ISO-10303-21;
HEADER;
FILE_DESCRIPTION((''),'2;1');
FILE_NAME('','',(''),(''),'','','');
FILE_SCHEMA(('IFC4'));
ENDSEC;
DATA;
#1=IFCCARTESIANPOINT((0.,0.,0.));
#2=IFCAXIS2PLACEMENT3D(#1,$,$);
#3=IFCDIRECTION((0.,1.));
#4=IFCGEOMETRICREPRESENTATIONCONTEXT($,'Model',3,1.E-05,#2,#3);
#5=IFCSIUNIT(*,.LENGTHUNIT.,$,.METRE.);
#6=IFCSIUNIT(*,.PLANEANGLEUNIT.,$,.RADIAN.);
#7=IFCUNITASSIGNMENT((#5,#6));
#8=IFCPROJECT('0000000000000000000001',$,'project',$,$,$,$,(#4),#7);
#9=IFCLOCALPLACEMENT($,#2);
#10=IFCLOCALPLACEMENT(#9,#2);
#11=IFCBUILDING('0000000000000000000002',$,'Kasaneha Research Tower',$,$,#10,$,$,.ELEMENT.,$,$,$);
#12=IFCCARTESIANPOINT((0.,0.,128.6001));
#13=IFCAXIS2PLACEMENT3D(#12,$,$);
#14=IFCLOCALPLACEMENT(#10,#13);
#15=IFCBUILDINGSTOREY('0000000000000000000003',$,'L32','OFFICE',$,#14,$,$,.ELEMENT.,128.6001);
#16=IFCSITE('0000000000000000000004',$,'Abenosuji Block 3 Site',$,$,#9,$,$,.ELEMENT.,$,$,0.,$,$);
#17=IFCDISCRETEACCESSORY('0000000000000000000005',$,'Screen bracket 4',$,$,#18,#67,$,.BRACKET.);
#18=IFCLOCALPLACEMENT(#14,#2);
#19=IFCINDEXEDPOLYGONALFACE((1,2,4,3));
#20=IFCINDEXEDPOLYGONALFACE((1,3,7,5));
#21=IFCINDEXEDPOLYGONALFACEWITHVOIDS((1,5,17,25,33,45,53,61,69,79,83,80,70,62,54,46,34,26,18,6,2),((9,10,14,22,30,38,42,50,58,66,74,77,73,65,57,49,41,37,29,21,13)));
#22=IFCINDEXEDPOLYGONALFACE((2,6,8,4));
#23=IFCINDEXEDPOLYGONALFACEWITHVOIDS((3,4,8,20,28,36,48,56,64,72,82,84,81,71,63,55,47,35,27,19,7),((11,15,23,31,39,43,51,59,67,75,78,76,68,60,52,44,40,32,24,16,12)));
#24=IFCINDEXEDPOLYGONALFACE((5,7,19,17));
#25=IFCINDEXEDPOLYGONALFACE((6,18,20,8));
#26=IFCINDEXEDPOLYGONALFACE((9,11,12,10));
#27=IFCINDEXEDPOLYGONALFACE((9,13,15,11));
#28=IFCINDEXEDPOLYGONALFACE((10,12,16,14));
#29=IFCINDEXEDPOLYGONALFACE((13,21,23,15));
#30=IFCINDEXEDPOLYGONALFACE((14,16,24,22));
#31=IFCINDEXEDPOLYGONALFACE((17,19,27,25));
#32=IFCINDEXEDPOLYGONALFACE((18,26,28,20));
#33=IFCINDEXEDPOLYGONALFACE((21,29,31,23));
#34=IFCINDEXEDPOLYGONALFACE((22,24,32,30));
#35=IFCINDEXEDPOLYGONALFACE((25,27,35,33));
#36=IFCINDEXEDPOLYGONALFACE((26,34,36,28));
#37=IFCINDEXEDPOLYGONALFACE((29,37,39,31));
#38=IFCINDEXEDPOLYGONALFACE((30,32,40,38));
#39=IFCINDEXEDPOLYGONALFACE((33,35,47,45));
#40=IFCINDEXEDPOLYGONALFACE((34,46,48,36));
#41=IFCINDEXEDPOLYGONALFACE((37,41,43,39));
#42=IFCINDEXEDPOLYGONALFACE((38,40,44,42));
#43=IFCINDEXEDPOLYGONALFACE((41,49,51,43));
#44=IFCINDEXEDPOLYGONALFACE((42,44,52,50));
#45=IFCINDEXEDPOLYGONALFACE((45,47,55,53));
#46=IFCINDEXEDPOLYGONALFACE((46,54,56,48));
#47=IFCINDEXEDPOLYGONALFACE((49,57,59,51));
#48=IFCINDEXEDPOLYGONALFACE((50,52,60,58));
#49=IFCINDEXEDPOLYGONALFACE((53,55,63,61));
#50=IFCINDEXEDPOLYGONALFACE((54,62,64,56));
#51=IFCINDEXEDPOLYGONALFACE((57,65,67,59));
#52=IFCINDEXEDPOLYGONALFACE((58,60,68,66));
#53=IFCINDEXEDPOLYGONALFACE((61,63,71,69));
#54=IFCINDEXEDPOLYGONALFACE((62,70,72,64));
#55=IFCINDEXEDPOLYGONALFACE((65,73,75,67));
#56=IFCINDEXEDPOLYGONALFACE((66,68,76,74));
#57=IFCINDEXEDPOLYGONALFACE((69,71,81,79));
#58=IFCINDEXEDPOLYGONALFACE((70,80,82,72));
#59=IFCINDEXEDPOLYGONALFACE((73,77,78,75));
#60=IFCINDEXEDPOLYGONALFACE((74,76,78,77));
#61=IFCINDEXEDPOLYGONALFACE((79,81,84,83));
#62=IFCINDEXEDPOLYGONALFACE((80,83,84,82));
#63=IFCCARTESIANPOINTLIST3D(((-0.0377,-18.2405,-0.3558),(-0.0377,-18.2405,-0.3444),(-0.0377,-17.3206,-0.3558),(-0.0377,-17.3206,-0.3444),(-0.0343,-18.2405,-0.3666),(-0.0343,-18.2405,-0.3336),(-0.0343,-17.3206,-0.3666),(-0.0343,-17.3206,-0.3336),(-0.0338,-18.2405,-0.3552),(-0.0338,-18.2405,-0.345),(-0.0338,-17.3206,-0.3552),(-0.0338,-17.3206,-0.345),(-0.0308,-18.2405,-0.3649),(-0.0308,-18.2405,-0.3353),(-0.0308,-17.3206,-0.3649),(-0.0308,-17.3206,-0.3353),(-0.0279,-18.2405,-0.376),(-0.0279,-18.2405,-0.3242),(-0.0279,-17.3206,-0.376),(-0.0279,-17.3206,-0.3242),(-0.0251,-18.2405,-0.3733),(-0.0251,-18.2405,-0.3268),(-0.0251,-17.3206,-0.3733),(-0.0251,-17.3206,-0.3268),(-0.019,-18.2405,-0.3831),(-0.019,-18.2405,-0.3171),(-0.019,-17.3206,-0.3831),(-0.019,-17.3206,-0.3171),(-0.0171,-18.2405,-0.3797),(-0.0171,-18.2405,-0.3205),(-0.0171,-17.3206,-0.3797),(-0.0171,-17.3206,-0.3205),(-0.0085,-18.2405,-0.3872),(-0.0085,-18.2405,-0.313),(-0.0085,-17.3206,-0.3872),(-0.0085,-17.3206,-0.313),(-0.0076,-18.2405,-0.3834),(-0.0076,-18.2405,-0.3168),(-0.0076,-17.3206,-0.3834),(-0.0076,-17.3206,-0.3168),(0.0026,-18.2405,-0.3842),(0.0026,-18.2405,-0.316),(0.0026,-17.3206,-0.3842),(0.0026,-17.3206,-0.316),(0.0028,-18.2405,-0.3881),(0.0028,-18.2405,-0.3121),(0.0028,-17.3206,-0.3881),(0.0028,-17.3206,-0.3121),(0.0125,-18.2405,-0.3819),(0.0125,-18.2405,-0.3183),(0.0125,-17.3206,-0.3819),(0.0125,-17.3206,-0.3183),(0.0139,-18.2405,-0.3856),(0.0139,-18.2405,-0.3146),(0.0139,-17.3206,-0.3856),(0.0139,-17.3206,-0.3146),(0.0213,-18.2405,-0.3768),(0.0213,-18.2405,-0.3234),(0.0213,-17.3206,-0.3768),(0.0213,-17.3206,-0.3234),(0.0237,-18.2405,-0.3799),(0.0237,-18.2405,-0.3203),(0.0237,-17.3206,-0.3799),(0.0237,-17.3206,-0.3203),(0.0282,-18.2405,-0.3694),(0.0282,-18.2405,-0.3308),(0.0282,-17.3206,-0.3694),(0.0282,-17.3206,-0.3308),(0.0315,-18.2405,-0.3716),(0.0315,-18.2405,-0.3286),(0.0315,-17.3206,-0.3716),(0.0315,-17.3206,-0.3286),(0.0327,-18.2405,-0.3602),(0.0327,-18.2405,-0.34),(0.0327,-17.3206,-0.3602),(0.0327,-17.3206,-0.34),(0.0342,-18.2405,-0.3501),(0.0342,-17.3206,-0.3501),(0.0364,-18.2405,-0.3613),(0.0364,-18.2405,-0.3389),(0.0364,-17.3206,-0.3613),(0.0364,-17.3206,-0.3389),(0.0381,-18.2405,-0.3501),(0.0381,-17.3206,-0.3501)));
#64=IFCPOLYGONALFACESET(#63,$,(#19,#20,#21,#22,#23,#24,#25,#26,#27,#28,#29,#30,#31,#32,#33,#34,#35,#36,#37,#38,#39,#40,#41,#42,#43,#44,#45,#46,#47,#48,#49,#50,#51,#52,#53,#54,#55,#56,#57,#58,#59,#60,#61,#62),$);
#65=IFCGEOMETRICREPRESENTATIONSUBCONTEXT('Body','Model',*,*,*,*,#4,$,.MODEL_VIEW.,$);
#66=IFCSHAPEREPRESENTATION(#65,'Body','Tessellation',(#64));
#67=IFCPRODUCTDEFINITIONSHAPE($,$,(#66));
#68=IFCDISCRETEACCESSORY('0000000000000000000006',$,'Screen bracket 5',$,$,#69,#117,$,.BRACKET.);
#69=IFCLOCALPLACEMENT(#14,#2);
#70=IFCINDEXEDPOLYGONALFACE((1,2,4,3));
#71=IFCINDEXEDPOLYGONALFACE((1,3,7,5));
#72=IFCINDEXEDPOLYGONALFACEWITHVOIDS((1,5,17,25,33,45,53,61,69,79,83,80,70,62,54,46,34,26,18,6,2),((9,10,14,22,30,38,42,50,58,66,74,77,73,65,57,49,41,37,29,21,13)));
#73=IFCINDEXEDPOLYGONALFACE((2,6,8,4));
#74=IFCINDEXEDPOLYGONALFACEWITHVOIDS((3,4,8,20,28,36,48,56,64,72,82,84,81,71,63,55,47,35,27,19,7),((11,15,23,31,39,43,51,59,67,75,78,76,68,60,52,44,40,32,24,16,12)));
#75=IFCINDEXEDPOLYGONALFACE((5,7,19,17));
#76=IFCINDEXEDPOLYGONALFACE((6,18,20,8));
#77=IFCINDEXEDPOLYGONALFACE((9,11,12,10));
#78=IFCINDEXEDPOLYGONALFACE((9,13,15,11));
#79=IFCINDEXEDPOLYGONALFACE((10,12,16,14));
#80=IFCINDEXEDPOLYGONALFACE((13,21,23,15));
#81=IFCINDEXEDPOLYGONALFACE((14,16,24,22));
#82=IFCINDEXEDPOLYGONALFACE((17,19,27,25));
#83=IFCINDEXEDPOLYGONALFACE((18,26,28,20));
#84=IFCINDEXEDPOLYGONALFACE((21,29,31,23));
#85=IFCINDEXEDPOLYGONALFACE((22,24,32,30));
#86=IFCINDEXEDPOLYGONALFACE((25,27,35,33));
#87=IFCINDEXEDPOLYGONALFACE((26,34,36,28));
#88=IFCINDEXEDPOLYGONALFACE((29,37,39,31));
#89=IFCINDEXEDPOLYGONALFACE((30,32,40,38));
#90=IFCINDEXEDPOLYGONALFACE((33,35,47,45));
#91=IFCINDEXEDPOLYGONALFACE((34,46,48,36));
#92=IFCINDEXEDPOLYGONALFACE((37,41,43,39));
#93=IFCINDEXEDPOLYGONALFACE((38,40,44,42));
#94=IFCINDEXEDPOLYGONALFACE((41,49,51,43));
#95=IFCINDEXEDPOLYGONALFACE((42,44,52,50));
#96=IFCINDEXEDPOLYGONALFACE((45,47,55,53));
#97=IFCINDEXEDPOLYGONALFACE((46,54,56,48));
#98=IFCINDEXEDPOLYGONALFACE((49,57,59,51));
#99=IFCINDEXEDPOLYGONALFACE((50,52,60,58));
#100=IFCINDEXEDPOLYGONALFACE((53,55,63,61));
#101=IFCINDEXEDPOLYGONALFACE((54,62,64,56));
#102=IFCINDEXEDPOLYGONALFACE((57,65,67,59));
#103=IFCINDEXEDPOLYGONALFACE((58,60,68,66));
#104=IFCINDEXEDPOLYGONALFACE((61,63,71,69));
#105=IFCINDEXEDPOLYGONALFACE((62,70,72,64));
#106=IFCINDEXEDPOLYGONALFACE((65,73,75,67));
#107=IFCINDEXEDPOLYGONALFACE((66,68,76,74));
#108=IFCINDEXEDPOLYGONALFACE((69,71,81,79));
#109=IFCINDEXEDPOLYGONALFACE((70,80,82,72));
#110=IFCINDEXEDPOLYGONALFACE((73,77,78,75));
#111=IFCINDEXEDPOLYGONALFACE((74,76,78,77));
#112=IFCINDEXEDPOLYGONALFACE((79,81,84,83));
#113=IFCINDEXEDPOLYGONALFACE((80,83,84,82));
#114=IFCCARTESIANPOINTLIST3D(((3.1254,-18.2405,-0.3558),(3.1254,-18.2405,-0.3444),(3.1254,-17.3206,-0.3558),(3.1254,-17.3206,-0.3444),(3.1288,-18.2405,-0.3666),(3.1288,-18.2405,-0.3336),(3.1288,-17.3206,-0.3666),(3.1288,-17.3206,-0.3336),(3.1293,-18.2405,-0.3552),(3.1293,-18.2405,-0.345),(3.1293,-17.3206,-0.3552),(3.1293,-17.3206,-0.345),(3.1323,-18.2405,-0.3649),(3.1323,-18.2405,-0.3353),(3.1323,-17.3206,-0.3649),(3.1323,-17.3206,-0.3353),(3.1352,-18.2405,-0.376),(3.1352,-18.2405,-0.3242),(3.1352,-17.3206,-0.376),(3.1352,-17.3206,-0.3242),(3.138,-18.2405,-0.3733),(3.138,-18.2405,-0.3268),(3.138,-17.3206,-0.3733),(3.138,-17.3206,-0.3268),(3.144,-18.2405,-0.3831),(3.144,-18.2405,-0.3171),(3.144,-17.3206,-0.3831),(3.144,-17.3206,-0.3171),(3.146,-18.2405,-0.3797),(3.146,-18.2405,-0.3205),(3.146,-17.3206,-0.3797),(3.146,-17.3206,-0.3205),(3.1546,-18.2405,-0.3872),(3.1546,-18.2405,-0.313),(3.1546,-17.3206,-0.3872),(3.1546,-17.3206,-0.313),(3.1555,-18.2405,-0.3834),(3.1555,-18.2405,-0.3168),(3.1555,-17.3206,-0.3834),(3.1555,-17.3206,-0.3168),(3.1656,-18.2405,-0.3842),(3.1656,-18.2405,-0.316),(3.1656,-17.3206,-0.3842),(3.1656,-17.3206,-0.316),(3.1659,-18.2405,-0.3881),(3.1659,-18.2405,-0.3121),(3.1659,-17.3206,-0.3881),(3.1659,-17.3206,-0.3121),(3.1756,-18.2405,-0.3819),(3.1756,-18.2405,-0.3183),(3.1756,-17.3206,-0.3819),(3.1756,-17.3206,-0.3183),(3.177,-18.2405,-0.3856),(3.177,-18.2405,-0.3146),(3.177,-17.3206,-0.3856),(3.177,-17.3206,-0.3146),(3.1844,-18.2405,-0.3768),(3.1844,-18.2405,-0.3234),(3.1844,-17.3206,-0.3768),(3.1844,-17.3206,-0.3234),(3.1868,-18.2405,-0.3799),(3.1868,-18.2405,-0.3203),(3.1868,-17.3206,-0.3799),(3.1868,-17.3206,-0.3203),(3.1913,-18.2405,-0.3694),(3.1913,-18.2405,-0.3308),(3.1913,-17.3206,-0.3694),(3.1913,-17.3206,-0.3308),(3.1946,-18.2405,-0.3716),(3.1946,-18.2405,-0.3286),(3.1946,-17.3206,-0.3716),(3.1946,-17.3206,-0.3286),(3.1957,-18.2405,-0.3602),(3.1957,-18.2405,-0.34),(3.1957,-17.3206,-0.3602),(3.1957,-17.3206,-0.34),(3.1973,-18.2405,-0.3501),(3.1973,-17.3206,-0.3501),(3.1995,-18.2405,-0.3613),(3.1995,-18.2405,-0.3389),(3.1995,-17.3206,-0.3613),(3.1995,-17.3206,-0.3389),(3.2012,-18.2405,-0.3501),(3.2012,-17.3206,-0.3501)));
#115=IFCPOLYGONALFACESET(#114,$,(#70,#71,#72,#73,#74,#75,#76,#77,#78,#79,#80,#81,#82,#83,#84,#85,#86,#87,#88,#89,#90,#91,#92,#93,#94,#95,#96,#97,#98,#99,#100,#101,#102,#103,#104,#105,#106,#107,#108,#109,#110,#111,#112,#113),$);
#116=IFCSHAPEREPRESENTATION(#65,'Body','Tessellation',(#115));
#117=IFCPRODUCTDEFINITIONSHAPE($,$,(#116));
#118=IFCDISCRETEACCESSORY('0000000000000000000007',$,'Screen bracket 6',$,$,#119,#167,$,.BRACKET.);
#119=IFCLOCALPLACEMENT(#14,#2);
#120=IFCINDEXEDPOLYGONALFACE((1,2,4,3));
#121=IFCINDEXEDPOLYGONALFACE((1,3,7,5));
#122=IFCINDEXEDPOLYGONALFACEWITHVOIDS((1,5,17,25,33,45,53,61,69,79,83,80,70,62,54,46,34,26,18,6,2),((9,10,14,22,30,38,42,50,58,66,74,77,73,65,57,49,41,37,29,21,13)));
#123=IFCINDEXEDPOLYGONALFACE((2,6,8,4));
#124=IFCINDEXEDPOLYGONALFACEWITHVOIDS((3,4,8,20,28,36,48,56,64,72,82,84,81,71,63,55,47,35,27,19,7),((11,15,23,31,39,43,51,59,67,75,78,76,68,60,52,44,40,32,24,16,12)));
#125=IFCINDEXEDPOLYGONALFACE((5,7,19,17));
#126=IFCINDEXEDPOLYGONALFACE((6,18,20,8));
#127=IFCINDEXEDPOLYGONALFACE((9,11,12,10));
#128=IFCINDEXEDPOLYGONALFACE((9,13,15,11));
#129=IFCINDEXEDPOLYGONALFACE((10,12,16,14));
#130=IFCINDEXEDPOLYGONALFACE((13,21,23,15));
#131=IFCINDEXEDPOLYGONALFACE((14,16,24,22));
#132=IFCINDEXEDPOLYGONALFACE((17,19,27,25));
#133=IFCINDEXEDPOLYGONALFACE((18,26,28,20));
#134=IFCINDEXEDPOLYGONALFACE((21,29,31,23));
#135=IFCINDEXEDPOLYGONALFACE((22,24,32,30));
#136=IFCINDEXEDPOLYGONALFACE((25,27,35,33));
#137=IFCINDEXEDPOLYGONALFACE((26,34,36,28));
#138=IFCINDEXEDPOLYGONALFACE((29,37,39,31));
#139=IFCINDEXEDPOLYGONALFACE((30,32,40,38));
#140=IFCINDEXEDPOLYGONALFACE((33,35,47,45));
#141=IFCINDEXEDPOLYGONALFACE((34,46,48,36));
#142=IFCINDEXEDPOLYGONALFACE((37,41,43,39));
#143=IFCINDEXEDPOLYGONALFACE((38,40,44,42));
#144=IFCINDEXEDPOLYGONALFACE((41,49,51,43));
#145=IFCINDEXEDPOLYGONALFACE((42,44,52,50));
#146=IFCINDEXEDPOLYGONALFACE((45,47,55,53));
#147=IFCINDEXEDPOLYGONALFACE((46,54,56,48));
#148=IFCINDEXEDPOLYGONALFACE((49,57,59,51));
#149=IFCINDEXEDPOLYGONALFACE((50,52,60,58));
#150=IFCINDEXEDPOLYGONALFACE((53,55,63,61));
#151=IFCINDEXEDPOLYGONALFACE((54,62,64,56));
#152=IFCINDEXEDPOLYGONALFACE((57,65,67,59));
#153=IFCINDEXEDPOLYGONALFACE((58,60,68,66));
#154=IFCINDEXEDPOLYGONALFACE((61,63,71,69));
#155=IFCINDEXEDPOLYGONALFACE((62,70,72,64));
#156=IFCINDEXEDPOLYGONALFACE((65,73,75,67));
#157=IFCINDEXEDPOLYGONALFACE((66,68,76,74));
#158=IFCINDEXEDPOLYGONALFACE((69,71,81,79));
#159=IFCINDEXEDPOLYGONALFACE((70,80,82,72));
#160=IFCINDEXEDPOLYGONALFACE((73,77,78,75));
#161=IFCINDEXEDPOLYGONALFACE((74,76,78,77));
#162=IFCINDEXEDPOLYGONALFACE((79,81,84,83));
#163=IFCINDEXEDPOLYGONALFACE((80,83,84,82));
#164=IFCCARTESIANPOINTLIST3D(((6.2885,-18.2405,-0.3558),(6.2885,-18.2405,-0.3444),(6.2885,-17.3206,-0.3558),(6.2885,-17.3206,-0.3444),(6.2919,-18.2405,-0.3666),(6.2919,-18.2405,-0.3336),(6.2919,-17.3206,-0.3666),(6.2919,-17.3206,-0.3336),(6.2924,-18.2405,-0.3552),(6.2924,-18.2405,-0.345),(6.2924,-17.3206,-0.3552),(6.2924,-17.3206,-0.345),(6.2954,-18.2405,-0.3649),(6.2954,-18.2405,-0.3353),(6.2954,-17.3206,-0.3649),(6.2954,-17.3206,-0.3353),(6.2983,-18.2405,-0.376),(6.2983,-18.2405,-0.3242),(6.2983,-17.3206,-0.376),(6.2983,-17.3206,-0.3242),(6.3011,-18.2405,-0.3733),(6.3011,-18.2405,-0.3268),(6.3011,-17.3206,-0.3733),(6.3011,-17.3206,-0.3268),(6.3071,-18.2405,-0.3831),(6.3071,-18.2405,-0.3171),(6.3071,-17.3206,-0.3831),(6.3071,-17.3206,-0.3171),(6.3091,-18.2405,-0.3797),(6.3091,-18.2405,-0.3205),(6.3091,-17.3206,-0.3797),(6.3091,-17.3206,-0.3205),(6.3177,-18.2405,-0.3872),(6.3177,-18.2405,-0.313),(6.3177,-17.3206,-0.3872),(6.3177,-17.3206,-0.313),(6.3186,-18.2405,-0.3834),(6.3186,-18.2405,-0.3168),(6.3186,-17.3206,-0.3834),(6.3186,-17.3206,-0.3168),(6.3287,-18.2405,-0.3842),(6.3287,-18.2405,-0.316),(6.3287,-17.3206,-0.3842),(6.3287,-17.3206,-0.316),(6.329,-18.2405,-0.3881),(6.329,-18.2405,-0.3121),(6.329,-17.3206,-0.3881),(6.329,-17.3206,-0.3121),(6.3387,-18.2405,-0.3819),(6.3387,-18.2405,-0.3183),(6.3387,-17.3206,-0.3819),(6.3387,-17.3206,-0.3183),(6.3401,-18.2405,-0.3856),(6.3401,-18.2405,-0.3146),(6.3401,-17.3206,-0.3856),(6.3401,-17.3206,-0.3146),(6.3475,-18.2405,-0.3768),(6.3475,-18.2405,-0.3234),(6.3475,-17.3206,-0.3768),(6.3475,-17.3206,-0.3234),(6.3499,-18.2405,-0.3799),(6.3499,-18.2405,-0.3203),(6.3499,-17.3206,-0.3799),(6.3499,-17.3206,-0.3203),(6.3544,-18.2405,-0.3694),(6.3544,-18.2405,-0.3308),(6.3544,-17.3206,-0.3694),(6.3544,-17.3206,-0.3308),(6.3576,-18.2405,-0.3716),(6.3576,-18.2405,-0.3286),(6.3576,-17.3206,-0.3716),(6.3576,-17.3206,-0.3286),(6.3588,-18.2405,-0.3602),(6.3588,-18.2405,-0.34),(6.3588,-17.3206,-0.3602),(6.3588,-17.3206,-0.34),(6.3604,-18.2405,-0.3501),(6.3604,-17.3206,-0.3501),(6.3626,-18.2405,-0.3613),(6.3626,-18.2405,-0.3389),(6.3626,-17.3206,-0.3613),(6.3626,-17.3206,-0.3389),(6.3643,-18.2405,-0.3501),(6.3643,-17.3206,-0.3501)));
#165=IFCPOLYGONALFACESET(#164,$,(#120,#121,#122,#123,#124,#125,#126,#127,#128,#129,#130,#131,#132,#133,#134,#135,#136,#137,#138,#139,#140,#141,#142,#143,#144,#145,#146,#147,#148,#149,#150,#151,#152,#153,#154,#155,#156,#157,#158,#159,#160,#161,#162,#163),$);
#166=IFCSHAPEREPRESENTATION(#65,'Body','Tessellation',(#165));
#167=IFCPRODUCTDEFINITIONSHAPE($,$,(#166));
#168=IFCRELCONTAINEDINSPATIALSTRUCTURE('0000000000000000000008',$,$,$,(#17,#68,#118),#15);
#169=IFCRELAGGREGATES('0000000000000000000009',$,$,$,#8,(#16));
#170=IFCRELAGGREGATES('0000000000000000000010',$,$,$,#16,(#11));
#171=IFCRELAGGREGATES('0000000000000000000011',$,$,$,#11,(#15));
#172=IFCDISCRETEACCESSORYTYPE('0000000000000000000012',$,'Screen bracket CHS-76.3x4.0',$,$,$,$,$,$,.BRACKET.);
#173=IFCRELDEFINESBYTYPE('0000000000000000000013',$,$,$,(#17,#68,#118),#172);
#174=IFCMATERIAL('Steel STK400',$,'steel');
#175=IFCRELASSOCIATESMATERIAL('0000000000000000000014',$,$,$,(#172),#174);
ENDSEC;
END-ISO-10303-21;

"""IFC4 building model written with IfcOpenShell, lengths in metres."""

from ifc_helpers import new_model, si_unit, direction, frame, origin, origin_2d, place, context, subcontext, project, spatial, hollow_circle, extrude, material, material_profile, profile_set, type_object, element, save


model = new_model("IFC4")

# Units and contexts
model_context = context("Model", 3, precision=1e-05, world=origin(), true_north=direction((0.0, 1.0)))
body_context = subcontext(model_context, "Body", "Model", "MODEL_VIEW")
ifc_project = project(units=[si_unit("LENGTHUNIT", "METRE"), si_unit("PLANEANGLEUNIT", "RADIAN")], contexts=[model_context])

# Site, building, storey
site_placement = place(None, origin())
site = spatial("IfcSite", under=ifc_project, at=site_placement, Name="Abenosuji Block 3 Site", CompositionType="ELEMENT", RefElevation=0.0)
building_placement = place(site_placement, origin())
building = spatial("IfcBuilding", under=site, at=building_placement, Name="Kasaneha Research Tower", CompositionType="ELEMENT")
storey_placement = place(building_placement, frame((0.0, 0.0, 128.6001)))
storey = spatial("IfcBuildingStorey", under=building, at=storey_placement, Name="L32", Description="OFFICE", CompositionType="ELEMENT", Elevation=128.6001)

# Discrete accessories
ifc_material_1 = material(Name="Steel STK400", Category="steel")
ifc_material_profile_1 = material_profile(ifc_material_1, hollow_circle(Radius=0.0381, WallThickness=0.0039, at=origin_2d()), Name="CHS-76.3x4.0")
ifc_profile_set_1 = profile_set([ifc_material_profile_1], Name="Steel STK400")
discrete_accessory_type = type_object("IfcDiscreteAccessoryType", Name="Screen bracket CHS-76.3x4.0", PredefinedType="BRACKET", material=ifc_profile_set_1)
for number, where, z_axis, x_axis, name in (
    (1, (0.0, -17.3206, -0.3501), (0.0, -1.0, 0.0), (1.0, 0.0, 0.0), "Screen bracket 4"),
    (2, (3.1631, -17.3206, -0.3501), (0.0, -1.0, 0.0), (1.0, 0.0, 0.0), "Screen bracket 5"),
    (3, (6.3262, -17.3206, -0.3501), (0.0, -1.0, 0.0), (1.0, 0.0, 0.0), "Screen bracket 6"),
):
    element("IfcDiscreteAccessory", number, at=place(storey_placement, frame(where, z_axis=z_axis, x_axis=x_axis)), inside=storey, type_object=discrete_accessory_type, Name=name, PredefinedType="BRACKET", context=body_context, shape_type="SweptSolid", body=[
        extrude(hollow_circle(Radius=0.0381, WallThickness=0.0039, at=origin_2d()), origin(), (0.0, 0.0, 1.0), 0.9199),
    ])

save(model, "model.ifc")
